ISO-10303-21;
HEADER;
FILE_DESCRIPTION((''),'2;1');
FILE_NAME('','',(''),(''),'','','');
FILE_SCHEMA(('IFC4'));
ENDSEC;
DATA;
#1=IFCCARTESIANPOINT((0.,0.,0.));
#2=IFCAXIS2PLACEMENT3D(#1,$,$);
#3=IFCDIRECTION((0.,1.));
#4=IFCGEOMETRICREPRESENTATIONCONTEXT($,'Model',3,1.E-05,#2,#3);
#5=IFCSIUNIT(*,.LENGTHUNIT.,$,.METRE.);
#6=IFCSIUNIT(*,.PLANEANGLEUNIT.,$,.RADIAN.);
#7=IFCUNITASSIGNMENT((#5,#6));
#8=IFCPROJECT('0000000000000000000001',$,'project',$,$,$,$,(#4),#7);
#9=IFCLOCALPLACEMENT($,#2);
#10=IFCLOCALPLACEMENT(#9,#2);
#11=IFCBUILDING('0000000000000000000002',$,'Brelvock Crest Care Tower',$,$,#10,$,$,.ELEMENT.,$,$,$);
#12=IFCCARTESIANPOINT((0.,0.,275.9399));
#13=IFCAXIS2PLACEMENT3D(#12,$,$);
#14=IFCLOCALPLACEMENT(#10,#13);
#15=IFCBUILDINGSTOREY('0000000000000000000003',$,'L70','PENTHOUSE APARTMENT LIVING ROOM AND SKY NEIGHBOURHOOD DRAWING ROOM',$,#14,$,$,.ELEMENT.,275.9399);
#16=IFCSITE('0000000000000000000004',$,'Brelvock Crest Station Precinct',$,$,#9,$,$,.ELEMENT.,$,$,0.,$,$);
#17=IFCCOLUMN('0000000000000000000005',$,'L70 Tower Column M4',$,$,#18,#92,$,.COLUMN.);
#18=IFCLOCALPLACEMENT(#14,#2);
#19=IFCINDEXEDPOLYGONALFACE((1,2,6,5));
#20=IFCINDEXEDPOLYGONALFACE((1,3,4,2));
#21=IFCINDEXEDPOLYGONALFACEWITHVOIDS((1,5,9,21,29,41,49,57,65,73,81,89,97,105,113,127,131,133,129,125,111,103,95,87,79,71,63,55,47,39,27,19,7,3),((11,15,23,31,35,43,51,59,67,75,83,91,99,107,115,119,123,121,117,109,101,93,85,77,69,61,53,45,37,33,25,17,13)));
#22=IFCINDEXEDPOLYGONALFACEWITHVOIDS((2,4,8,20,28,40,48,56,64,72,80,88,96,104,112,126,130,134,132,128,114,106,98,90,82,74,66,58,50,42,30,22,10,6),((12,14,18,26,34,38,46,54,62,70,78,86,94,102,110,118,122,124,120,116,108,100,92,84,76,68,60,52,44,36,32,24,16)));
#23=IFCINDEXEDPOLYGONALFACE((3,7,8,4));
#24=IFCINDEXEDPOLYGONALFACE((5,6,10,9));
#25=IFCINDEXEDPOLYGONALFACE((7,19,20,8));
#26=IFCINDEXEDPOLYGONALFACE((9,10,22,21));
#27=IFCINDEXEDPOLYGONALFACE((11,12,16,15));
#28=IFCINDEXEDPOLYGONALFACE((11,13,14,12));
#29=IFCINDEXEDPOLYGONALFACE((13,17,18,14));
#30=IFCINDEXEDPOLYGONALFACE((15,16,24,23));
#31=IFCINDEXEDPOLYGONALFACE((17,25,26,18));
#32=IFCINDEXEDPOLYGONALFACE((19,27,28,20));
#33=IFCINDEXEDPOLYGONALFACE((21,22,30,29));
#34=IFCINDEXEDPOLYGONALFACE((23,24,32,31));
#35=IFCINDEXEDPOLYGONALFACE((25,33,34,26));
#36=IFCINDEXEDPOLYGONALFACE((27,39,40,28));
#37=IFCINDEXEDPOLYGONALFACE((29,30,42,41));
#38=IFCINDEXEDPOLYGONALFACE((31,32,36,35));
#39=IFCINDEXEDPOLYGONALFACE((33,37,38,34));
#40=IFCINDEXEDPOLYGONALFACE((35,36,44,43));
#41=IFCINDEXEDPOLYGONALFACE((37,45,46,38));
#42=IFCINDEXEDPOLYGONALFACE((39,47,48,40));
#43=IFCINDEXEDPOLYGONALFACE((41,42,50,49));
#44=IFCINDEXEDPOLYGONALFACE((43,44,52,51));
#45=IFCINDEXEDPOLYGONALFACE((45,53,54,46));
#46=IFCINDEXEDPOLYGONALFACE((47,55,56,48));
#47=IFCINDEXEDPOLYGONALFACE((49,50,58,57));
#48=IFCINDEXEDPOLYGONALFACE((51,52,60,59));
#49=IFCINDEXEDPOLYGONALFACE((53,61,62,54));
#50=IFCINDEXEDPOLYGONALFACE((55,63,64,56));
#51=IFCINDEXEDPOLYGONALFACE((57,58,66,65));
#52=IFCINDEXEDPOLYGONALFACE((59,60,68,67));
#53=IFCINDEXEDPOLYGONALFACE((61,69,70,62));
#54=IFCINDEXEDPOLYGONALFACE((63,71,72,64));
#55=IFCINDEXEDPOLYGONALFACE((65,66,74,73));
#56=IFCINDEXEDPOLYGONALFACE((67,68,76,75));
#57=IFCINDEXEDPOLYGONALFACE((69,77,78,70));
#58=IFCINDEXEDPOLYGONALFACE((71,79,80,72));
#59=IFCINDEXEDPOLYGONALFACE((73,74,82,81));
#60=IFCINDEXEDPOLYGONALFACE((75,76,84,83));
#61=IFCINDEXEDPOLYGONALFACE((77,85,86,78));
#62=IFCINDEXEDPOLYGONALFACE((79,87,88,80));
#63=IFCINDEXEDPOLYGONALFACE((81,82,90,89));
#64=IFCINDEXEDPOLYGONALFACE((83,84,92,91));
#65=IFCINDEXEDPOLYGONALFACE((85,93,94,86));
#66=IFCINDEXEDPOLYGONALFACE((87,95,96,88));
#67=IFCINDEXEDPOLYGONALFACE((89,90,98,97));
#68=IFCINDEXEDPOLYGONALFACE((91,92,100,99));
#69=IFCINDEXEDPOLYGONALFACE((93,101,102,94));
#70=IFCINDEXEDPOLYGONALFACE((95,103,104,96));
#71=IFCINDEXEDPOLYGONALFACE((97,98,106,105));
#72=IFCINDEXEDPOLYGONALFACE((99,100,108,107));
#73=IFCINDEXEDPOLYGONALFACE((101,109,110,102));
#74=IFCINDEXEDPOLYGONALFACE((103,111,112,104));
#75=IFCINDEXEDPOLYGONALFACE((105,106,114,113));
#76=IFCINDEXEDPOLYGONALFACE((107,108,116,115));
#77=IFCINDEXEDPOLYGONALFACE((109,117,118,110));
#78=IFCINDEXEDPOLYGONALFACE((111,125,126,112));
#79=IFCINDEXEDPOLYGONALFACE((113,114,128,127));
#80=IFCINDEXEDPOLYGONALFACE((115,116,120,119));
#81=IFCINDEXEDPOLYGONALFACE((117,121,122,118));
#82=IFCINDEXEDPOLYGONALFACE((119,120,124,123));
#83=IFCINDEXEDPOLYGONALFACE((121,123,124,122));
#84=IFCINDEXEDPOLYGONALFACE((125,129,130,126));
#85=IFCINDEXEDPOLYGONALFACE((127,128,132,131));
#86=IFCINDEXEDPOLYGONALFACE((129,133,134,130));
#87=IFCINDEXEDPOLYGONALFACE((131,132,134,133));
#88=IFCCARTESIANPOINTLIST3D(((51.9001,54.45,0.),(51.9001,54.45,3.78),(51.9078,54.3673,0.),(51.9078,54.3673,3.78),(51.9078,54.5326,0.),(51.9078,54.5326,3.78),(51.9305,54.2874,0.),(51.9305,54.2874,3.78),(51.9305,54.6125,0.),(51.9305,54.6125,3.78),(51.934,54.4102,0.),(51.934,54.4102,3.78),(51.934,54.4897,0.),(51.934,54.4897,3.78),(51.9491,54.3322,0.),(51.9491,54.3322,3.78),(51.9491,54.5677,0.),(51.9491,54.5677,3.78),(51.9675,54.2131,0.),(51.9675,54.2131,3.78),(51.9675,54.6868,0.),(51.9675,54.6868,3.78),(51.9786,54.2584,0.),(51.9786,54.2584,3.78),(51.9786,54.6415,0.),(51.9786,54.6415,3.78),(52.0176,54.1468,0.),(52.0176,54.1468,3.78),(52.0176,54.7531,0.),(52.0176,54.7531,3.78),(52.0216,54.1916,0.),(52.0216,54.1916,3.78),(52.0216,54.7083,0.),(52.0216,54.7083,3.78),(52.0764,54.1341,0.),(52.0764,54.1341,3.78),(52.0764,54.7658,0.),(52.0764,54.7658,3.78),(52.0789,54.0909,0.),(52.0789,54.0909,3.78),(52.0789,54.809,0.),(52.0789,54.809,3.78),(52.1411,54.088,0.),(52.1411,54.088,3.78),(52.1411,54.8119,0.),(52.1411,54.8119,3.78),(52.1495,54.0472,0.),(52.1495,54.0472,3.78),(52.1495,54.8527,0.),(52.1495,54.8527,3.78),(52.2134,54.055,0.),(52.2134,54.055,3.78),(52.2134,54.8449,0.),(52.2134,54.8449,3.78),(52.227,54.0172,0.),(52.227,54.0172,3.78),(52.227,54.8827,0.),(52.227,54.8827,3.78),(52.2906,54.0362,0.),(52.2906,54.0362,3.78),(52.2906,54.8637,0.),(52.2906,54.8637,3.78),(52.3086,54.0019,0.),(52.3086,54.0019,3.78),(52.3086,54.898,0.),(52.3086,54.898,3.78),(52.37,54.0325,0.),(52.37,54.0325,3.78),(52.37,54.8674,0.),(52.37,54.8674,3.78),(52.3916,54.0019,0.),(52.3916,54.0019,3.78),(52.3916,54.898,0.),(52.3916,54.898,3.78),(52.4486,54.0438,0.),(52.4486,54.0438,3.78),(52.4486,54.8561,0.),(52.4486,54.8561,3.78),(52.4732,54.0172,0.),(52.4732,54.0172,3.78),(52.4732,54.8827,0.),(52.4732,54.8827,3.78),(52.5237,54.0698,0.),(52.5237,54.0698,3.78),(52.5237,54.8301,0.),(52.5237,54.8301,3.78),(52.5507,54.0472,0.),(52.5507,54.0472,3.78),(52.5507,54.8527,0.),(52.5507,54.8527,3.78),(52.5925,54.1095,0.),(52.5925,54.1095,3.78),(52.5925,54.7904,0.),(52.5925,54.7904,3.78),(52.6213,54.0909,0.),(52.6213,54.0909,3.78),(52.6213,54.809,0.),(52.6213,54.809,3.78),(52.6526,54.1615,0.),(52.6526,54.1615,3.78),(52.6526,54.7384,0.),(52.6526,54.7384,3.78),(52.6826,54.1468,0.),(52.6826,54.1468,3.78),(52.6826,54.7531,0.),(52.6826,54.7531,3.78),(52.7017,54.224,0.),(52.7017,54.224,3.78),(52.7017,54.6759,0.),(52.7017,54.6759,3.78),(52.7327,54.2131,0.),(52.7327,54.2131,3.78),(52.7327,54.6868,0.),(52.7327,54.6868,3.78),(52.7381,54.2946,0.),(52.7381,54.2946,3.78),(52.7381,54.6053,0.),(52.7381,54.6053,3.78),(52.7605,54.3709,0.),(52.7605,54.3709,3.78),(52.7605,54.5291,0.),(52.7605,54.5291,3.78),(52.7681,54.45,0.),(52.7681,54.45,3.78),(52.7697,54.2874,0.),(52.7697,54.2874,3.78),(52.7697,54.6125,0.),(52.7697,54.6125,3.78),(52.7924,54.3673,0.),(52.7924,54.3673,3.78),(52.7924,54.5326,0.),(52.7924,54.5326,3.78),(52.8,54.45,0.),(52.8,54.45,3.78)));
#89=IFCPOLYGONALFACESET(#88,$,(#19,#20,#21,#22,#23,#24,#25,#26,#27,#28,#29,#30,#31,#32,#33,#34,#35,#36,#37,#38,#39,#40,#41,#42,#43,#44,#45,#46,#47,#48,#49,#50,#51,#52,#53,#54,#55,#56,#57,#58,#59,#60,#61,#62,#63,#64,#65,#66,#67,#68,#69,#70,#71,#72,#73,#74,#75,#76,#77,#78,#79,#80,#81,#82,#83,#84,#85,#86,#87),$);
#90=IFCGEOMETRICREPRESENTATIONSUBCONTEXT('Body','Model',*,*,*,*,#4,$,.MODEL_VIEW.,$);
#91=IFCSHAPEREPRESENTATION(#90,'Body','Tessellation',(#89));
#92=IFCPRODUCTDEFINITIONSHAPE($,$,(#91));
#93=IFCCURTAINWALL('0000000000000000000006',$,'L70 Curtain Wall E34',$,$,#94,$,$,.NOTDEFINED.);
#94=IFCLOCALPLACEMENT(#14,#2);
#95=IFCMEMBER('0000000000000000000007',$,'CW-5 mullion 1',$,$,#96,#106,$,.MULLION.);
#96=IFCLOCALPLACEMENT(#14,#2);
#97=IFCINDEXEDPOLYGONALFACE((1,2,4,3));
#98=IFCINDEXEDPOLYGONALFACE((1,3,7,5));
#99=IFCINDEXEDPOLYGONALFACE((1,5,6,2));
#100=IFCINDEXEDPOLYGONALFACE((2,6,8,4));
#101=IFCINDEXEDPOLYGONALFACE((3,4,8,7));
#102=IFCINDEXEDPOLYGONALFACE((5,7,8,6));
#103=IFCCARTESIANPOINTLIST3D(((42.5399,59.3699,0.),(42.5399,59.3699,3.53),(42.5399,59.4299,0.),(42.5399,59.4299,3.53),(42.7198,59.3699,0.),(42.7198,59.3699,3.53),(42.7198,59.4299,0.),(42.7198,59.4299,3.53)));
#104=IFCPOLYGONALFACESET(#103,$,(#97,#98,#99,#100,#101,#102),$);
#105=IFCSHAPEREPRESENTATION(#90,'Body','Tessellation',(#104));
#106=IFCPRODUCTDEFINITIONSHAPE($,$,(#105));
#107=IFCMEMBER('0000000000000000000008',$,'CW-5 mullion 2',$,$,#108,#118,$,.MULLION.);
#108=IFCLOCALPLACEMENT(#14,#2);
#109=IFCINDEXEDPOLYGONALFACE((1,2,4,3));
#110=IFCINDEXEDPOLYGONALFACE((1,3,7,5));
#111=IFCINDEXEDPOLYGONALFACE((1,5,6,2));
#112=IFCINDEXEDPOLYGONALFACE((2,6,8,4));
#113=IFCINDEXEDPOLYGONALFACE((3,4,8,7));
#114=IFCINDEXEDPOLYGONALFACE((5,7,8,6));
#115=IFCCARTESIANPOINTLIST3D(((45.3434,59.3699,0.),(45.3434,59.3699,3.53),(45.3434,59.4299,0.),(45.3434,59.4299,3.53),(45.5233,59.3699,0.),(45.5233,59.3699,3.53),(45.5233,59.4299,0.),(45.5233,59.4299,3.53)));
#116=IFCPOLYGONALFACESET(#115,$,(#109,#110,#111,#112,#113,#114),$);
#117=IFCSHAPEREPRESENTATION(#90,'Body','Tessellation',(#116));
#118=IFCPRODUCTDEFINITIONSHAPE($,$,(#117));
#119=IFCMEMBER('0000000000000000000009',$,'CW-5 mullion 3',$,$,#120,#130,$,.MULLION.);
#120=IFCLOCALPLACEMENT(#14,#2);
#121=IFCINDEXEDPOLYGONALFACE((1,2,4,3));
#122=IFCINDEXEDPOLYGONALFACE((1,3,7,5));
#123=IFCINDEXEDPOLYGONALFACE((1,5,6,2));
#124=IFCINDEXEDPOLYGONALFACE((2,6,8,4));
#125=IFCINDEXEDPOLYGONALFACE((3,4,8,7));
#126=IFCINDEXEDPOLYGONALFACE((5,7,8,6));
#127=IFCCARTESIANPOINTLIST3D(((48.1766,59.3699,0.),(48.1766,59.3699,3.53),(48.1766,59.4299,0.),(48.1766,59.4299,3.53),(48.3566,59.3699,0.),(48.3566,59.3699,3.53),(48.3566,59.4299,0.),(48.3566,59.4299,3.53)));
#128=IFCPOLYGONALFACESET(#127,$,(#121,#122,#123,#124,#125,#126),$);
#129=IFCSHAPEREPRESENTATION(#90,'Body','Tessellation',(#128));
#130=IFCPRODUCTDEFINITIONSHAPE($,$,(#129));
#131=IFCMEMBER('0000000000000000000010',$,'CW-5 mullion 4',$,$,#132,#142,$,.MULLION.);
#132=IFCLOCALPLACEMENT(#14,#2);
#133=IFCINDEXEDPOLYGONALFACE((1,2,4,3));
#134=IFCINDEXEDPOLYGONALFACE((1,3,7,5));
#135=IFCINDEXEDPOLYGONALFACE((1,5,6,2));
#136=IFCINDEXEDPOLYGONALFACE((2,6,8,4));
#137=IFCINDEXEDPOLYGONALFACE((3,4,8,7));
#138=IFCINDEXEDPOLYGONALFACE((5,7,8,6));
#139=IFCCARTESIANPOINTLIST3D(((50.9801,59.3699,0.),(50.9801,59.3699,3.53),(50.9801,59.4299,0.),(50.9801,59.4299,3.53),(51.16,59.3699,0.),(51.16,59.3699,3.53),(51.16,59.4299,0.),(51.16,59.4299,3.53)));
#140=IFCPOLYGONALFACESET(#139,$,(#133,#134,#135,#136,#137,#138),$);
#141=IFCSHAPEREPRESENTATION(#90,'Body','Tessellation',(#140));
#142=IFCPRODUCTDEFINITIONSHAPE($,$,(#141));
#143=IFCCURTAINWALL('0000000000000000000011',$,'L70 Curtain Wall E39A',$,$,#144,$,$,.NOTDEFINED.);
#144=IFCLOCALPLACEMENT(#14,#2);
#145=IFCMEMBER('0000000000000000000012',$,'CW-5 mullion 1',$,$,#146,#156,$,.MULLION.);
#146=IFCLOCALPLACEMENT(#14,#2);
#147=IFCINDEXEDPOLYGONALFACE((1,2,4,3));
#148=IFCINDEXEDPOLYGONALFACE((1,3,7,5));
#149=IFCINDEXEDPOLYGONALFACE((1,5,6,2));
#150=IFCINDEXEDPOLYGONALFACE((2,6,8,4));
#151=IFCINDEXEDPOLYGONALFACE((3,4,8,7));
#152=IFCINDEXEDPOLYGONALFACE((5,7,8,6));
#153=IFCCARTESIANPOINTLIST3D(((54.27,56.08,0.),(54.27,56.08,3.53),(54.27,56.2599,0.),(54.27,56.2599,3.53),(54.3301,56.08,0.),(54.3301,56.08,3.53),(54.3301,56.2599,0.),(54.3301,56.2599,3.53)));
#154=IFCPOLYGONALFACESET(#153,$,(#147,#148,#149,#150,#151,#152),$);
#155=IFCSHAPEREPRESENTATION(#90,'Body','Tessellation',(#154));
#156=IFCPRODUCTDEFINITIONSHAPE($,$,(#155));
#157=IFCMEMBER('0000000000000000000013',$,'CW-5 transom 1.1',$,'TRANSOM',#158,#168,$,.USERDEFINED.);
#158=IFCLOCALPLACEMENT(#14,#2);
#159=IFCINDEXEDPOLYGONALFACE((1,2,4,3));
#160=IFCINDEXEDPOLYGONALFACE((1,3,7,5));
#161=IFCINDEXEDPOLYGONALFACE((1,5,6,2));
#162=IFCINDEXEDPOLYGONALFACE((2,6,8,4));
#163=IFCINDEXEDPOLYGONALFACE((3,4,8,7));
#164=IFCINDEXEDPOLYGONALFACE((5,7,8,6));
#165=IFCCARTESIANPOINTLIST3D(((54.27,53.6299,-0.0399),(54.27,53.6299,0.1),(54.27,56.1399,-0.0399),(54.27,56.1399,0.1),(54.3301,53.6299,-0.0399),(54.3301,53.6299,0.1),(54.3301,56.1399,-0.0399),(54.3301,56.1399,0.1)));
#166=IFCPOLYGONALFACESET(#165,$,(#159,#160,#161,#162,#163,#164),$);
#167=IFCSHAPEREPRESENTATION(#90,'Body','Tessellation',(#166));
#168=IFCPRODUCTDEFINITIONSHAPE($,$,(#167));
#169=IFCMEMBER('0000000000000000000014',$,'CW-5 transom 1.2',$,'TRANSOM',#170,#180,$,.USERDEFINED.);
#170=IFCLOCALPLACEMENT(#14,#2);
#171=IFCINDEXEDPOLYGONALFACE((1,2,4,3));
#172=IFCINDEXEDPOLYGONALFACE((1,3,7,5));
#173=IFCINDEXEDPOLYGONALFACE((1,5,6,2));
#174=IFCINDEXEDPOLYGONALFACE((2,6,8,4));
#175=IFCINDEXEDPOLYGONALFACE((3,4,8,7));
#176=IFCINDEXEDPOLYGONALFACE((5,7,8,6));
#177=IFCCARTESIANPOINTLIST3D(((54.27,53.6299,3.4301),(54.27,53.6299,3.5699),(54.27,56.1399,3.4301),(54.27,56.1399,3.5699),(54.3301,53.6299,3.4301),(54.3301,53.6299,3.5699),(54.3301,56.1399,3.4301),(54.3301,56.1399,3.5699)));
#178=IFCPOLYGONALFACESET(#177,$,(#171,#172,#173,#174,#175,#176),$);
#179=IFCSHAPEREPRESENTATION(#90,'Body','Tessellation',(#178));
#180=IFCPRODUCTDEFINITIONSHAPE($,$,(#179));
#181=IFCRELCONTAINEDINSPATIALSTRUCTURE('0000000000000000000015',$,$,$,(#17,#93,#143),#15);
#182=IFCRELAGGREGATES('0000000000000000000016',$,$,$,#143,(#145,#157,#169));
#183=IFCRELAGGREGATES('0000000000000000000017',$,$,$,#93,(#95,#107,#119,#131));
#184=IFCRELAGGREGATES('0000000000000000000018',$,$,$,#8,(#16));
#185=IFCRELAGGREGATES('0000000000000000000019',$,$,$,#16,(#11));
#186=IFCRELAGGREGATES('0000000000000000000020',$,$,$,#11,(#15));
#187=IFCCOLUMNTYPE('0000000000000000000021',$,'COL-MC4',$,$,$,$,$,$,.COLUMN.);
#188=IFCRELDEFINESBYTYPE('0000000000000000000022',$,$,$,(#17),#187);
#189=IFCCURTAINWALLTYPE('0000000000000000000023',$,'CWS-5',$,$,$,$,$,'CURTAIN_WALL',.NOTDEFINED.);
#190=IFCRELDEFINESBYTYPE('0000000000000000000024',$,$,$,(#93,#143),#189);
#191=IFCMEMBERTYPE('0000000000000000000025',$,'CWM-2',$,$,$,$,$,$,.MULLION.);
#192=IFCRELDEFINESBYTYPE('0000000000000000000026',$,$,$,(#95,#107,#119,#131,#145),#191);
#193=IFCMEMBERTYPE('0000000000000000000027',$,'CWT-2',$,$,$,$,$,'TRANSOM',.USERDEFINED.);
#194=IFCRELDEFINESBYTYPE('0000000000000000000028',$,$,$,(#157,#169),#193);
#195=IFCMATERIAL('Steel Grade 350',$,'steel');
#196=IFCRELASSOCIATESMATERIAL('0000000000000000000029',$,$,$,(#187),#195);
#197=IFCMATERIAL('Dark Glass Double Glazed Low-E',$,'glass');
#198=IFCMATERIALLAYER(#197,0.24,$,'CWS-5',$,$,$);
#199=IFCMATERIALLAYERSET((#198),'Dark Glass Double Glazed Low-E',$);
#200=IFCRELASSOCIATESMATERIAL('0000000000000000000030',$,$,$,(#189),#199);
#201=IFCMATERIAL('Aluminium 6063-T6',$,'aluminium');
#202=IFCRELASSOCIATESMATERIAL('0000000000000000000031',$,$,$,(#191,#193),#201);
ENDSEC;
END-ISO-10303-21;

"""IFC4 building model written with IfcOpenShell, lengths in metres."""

from ifc_helpers import new_model, si_unit, direction, frame, origin, origin_2d, place, context, subcontext, project, spatial, rectangle, hollow_circle, extrude, source, transform, mapped, material, layer, layer_set, material_profile, profile_set, type_object, element, aggregate, save


model = new_model("IFC4")

# Units and contexts
model_context = context("Model", 3, precision=1e-05, world=origin(), true_north=direction((0.0, 1.0)))
body_context = subcontext(model_context, "Body", "Model", "MODEL_VIEW")
ifc_project = project(units=[si_unit("LENGTHUNIT", "METRE"), si_unit("PLANEANGLEUNIT", "RADIAN")], contexts=[model_context])

# Site, building, storey
site_placement = place(None, origin())
site = spatial("IfcSite", under=ifc_project, at=site_placement, Name="Brelvock Crest Station Precinct", CompositionType="ELEMENT", RefElevation=0.0)
building_placement = place(site_placement, origin())
building = spatial("IfcBuilding", under=site, at=building_placement, Name="Brelvock Crest Care Tower", CompositionType="ELEMENT")
storey_placement = place(building_placement, frame((0.0, 0.0, 275.9399)))
storey = spatial("IfcBuildingStorey", under=building, at=storey_placement, Name="L70", Description="PENTHOUSE APARTMENT LIVING ROOM AND SKY NEIGHBOURHOOD DRAWING ROOM", CompositionType="ELEMENT", Elevation=275.9399)

# Column
ifc_material_1 = material(Name="Steel Grade 350", Category="steel")
ifc_material_profile_1 = material_profile(ifc_material_1, hollow_circle(Radius=0.45, WallThickness=0.032, at=origin_2d()), Name="CFT900x32")
ifc_profile_set_1 = profile_set([ifc_material_profile_1], Name="Steel Grade 350")
column_type = type_object("IfcColumnType", Name="COL-MC4", PredefinedType="COLUMN", material=ifc_profile_set_1)
shared_shape_1 = source(origin(), body_context, "Body", "SweptSolid", [
    extrude(hollow_circle(Radius=0.45, WallThickness=0.032, at=origin_2d()), origin(), (0.0, 0.0, 1.0), 3.78),
])
column_placement = place(storey_placement, frame((52.3501, 54.45, 0.0), z_axis=(0.0, 0.0, 1.0), x_axis=(1.0, 0.0, 0.0)))
element("IfcColumn", 1, at=column_placement, inside=storey, type_object=column_type, Name="L70 Tower Column M4", PredefinedType="COLUMN", context=body_context, shape_type="MappedRepresentation", body=[
    mapped(shared_shape_1, transform((0.0, 0.0, 0.0), x_axis=(1.0, 0.0, 0.0), y_axis=(0.0, 1.0, 0.0), z_axis=(0.0, 0.0, 1.0), scale=1.0)),
])

# Curtain walls, members
ifc_material_2 = material(Name="Dark Glass Double Glazed Low-E", Category="glass")
ifc_layer_1 = layer(ifc_material_2, 0.24, Name="CWS-5")
ifc_layer_set_1 = layer_set([ifc_layer_1], Name="Dark Glass Double Glazed Low-E")
curtain_wall_type = type_object("IfcCurtainWallType", Name="CWS-5", ElementType="CURTAIN_WALL", PredefinedType="NOTDEFINED", material=ifc_layer_set_1)
curtain_wall_1_placement = place(storey_placement, origin())
curtain_wall_1 = element("IfcCurtainWall", 2, at=curtain_wall_1_placement, inside=storey, type_object=curtain_wall_type, Name="L70 Curtain Wall E34", PredefinedType="NOTDEFINED")
ifc_material_3 = material(Name="Aluminium 6063-T6", Category="aluminium")
ifc_material_profile_2 = material_profile(ifc_material_3, rectangle(XDim=0.0601, YDim=0.1799, at=origin_2d()), Name="ALU60x180")
ifc_profile_set_2 = profile_set([ifc_material_profile_2], Name="Aluminium 6063-T6")
member_type_1 = type_object("IfcMemberType", Name="CWM-2", PredefinedType="MULLION", material=ifc_profile_set_2)
shared_shape_2 = source(origin(), body_context, "Body", "SweptSolid", [
    extrude(rectangle(XDim=0.0601, YDim=0.1799, at=origin_2d()), origin(), (0.0, 0.0, 1.0), 3.53),
])
member_1_placement = place(storey_placement, frame((42.6299, 59.3999, 0.0), z_axis=(0.0, 0.0, 1.0), x_axis=(0.0, 1.0, 0.0)))
member_1 = element("IfcMember", 3, at=member_1_placement, type_object=member_type_1, Name="CW-5 mullion 1", PredefinedType="MULLION", context=body_context, shape_type="MappedRepresentation", body=[
    mapped(shared_shape_2, transform((0.0, 0.0, 0.0), x_axis=(1.0, 0.0, 0.0), y_axis=(0.0, 1.0, 0.0), z_axis=(0.0, 0.0, 1.0), scale=1.0)),
])
member_2_placement = place(storey_placement, frame((45.4333, 59.3999, 0.0), z_axis=(0.0, 0.0, 1.0), x_axis=(0.0, 1.0, 0.0)))
member_2 = element("IfcMember", 4, at=member_2_placement, type_object=member_type_1, Name="CW-5 mullion 2", PredefinedType="MULLION", context=body_context, shape_type="MappedRepresentation", body=[
    mapped(shared_shape_2, transform((0.0, 0.0, 0.0), x_axis=(1.0, 0.0, 0.0), y_axis=(0.0, 1.0, 0.0), z_axis=(0.0, 0.0, 1.0), scale=1.0)),
])
member_3_placement = place(storey_placement, frame((48.2666, 59.3999, 0.0), z_axis=(0.0, 0.0, 1.0), x_axis=(0.0, 1.0, 0.0)))
member_3 = element("IfcMember", 5, at=member_3_placement, type_object=member_type_1, Name="CW-5 mullion 3", PredefinedType="MULLION", context=body_context, shape_type="MappedRepresentation", body=[
    mapped(shared_shape_2, transform((0.0, 0.0, 0.0), x_axis=(1.0, 0.0, 0.0), y_axis=(0.0, 1.0, 0.0), z_axis=(0.0, 0.0, 1.0), scale=1.0)),
])
member_4_placement = place(storey_placement, frame((51.0701, 59.3999, 0.0), z_axis=(0.0, 0.0, 1.0), x_axis=(0.0, 1.0, 0.0)))
member_4 = element("IfcMember", 6, at=member_4_placement, type_object=member_type_1, Name="CW-5 mullion 4", PredefinedType="MULLION", context=body_context, shape_type="MappedRepresentation", body=[
    mapped(shared_shape_2, transform((0.0, 0.0, 0.0), x_axis=(1.0, 0.0, 0.0), y_axis=(0.0, 1.0, 0.0), z_axis=(0.0, 0.0, 1.0), scale=1.0)),
])
curtain_wall_2_placement = place(storey_placement, origin())
curtain_wall_2 = element("IfcCurtainWall", 7, at=curtain_wall_2_placement, inside=storey, type_object=curtain_wall_type, Name="L70 Curtain Wall E39A", PredefinedType="NOTDEFINED")
member_5_placement = place(storey_placement, frame((54.3, 56.1699, 0.0), z_axis=(0.0, 0.0, 1.0), x_axis=(1.0, 0.0, 0.0)))
member_5 = element("IfcMember", 8, at=member_5_placement, type_object=member_type_1, Name="CW-5 mullion 1", PredefinedType="MULLION", context=body_context, shape_type="MappedRepresentation", body=[
    mapped(shared_shape_2, transform((0.0, 0.0, 0.0), x_axis=(1.0, 0.0, 0.0), y_axis=(0.0, 1.0, 0.0), z_axis=(0.0, 0.0, 1.0), scale=1.0)),
])
ifc_material_profile_3 = material_profile(ifc_material_3, rectangle(XDim=0.0601, YDim=0.1399, at=origin_2d()), Name="ALU60x140")
ifc_profile_set_3 = profile_set([ifc_material_profile_3], Name="Aluminium 6063-T6")
member_type_2 = type_object("IfcMemberType", Name="CWT-2", ElementType="TRANSOM", PredefinedType="USERDEFINED", material=ifc_profile_set_3)
shared_shape_3 = source(origin(), body_context, "Body", "SweptSolid", [
    extrude(rectangle(XDim=0.0601, YDim=0.1399, at=origin_2d()), origin(), (0.0, 0.0, 1.0), 2.51),
])
member_6_placement = place(storey_placement, frame((54.3, 56.1399, 0.03), z_axis=(0.0, -1.0, 0.0), x_axis=(1.0, 0.0, 0.0)))
member_6 = element("IfcMember", 9, at=member_6_placement, type_object=member_type_2, Name="CW-5 transom 1.1", ObjectType="TRANSOM", PredefinedType="USERDEFINED", context=body_context, shape_type="MappedRepresentation", body=[
    mapped(shared_shape_3, transform((0.0, 0.0, 0.0), x_axis=(1.0, 0.0, 0.0), y_axis=(0.0, 1.0, 0.0), z_axis=(0.0, 0.0, 1.0), scale=1.0)),
])
member_7_placement = place(storey_placement, frame((54.3, 56.1399, 3.5), z_axis=(0.0, -1.0, 0.0), x_axis=(1.0, 0.0, 0.0)))
member_7 = element("IfcMember", 10, at=member_7_placement, type_object=member_type_2, Name="CW-5 transom 1.2", ObjectType="TRANSOM", PredefinedType="USERDEFINED", context=body_context, shape_type="MappedRepresentation", body=[
    mapped(shared_shape_3, transform((0.0, 0.0, 0.0), x_axis=(1.0, 0.0, 0.0), y_axis=(0.0, 1.0, 0.0), z_axis=(0.0, 0.0, 1.0), scale=1.0)),
])

aggregate(curtain_wall_2, [member_5, member_6, member_7])
aggregate(curtain_wall_1, [member_1, member_2, member_3, member_4])

save(model, "model.ifc")
